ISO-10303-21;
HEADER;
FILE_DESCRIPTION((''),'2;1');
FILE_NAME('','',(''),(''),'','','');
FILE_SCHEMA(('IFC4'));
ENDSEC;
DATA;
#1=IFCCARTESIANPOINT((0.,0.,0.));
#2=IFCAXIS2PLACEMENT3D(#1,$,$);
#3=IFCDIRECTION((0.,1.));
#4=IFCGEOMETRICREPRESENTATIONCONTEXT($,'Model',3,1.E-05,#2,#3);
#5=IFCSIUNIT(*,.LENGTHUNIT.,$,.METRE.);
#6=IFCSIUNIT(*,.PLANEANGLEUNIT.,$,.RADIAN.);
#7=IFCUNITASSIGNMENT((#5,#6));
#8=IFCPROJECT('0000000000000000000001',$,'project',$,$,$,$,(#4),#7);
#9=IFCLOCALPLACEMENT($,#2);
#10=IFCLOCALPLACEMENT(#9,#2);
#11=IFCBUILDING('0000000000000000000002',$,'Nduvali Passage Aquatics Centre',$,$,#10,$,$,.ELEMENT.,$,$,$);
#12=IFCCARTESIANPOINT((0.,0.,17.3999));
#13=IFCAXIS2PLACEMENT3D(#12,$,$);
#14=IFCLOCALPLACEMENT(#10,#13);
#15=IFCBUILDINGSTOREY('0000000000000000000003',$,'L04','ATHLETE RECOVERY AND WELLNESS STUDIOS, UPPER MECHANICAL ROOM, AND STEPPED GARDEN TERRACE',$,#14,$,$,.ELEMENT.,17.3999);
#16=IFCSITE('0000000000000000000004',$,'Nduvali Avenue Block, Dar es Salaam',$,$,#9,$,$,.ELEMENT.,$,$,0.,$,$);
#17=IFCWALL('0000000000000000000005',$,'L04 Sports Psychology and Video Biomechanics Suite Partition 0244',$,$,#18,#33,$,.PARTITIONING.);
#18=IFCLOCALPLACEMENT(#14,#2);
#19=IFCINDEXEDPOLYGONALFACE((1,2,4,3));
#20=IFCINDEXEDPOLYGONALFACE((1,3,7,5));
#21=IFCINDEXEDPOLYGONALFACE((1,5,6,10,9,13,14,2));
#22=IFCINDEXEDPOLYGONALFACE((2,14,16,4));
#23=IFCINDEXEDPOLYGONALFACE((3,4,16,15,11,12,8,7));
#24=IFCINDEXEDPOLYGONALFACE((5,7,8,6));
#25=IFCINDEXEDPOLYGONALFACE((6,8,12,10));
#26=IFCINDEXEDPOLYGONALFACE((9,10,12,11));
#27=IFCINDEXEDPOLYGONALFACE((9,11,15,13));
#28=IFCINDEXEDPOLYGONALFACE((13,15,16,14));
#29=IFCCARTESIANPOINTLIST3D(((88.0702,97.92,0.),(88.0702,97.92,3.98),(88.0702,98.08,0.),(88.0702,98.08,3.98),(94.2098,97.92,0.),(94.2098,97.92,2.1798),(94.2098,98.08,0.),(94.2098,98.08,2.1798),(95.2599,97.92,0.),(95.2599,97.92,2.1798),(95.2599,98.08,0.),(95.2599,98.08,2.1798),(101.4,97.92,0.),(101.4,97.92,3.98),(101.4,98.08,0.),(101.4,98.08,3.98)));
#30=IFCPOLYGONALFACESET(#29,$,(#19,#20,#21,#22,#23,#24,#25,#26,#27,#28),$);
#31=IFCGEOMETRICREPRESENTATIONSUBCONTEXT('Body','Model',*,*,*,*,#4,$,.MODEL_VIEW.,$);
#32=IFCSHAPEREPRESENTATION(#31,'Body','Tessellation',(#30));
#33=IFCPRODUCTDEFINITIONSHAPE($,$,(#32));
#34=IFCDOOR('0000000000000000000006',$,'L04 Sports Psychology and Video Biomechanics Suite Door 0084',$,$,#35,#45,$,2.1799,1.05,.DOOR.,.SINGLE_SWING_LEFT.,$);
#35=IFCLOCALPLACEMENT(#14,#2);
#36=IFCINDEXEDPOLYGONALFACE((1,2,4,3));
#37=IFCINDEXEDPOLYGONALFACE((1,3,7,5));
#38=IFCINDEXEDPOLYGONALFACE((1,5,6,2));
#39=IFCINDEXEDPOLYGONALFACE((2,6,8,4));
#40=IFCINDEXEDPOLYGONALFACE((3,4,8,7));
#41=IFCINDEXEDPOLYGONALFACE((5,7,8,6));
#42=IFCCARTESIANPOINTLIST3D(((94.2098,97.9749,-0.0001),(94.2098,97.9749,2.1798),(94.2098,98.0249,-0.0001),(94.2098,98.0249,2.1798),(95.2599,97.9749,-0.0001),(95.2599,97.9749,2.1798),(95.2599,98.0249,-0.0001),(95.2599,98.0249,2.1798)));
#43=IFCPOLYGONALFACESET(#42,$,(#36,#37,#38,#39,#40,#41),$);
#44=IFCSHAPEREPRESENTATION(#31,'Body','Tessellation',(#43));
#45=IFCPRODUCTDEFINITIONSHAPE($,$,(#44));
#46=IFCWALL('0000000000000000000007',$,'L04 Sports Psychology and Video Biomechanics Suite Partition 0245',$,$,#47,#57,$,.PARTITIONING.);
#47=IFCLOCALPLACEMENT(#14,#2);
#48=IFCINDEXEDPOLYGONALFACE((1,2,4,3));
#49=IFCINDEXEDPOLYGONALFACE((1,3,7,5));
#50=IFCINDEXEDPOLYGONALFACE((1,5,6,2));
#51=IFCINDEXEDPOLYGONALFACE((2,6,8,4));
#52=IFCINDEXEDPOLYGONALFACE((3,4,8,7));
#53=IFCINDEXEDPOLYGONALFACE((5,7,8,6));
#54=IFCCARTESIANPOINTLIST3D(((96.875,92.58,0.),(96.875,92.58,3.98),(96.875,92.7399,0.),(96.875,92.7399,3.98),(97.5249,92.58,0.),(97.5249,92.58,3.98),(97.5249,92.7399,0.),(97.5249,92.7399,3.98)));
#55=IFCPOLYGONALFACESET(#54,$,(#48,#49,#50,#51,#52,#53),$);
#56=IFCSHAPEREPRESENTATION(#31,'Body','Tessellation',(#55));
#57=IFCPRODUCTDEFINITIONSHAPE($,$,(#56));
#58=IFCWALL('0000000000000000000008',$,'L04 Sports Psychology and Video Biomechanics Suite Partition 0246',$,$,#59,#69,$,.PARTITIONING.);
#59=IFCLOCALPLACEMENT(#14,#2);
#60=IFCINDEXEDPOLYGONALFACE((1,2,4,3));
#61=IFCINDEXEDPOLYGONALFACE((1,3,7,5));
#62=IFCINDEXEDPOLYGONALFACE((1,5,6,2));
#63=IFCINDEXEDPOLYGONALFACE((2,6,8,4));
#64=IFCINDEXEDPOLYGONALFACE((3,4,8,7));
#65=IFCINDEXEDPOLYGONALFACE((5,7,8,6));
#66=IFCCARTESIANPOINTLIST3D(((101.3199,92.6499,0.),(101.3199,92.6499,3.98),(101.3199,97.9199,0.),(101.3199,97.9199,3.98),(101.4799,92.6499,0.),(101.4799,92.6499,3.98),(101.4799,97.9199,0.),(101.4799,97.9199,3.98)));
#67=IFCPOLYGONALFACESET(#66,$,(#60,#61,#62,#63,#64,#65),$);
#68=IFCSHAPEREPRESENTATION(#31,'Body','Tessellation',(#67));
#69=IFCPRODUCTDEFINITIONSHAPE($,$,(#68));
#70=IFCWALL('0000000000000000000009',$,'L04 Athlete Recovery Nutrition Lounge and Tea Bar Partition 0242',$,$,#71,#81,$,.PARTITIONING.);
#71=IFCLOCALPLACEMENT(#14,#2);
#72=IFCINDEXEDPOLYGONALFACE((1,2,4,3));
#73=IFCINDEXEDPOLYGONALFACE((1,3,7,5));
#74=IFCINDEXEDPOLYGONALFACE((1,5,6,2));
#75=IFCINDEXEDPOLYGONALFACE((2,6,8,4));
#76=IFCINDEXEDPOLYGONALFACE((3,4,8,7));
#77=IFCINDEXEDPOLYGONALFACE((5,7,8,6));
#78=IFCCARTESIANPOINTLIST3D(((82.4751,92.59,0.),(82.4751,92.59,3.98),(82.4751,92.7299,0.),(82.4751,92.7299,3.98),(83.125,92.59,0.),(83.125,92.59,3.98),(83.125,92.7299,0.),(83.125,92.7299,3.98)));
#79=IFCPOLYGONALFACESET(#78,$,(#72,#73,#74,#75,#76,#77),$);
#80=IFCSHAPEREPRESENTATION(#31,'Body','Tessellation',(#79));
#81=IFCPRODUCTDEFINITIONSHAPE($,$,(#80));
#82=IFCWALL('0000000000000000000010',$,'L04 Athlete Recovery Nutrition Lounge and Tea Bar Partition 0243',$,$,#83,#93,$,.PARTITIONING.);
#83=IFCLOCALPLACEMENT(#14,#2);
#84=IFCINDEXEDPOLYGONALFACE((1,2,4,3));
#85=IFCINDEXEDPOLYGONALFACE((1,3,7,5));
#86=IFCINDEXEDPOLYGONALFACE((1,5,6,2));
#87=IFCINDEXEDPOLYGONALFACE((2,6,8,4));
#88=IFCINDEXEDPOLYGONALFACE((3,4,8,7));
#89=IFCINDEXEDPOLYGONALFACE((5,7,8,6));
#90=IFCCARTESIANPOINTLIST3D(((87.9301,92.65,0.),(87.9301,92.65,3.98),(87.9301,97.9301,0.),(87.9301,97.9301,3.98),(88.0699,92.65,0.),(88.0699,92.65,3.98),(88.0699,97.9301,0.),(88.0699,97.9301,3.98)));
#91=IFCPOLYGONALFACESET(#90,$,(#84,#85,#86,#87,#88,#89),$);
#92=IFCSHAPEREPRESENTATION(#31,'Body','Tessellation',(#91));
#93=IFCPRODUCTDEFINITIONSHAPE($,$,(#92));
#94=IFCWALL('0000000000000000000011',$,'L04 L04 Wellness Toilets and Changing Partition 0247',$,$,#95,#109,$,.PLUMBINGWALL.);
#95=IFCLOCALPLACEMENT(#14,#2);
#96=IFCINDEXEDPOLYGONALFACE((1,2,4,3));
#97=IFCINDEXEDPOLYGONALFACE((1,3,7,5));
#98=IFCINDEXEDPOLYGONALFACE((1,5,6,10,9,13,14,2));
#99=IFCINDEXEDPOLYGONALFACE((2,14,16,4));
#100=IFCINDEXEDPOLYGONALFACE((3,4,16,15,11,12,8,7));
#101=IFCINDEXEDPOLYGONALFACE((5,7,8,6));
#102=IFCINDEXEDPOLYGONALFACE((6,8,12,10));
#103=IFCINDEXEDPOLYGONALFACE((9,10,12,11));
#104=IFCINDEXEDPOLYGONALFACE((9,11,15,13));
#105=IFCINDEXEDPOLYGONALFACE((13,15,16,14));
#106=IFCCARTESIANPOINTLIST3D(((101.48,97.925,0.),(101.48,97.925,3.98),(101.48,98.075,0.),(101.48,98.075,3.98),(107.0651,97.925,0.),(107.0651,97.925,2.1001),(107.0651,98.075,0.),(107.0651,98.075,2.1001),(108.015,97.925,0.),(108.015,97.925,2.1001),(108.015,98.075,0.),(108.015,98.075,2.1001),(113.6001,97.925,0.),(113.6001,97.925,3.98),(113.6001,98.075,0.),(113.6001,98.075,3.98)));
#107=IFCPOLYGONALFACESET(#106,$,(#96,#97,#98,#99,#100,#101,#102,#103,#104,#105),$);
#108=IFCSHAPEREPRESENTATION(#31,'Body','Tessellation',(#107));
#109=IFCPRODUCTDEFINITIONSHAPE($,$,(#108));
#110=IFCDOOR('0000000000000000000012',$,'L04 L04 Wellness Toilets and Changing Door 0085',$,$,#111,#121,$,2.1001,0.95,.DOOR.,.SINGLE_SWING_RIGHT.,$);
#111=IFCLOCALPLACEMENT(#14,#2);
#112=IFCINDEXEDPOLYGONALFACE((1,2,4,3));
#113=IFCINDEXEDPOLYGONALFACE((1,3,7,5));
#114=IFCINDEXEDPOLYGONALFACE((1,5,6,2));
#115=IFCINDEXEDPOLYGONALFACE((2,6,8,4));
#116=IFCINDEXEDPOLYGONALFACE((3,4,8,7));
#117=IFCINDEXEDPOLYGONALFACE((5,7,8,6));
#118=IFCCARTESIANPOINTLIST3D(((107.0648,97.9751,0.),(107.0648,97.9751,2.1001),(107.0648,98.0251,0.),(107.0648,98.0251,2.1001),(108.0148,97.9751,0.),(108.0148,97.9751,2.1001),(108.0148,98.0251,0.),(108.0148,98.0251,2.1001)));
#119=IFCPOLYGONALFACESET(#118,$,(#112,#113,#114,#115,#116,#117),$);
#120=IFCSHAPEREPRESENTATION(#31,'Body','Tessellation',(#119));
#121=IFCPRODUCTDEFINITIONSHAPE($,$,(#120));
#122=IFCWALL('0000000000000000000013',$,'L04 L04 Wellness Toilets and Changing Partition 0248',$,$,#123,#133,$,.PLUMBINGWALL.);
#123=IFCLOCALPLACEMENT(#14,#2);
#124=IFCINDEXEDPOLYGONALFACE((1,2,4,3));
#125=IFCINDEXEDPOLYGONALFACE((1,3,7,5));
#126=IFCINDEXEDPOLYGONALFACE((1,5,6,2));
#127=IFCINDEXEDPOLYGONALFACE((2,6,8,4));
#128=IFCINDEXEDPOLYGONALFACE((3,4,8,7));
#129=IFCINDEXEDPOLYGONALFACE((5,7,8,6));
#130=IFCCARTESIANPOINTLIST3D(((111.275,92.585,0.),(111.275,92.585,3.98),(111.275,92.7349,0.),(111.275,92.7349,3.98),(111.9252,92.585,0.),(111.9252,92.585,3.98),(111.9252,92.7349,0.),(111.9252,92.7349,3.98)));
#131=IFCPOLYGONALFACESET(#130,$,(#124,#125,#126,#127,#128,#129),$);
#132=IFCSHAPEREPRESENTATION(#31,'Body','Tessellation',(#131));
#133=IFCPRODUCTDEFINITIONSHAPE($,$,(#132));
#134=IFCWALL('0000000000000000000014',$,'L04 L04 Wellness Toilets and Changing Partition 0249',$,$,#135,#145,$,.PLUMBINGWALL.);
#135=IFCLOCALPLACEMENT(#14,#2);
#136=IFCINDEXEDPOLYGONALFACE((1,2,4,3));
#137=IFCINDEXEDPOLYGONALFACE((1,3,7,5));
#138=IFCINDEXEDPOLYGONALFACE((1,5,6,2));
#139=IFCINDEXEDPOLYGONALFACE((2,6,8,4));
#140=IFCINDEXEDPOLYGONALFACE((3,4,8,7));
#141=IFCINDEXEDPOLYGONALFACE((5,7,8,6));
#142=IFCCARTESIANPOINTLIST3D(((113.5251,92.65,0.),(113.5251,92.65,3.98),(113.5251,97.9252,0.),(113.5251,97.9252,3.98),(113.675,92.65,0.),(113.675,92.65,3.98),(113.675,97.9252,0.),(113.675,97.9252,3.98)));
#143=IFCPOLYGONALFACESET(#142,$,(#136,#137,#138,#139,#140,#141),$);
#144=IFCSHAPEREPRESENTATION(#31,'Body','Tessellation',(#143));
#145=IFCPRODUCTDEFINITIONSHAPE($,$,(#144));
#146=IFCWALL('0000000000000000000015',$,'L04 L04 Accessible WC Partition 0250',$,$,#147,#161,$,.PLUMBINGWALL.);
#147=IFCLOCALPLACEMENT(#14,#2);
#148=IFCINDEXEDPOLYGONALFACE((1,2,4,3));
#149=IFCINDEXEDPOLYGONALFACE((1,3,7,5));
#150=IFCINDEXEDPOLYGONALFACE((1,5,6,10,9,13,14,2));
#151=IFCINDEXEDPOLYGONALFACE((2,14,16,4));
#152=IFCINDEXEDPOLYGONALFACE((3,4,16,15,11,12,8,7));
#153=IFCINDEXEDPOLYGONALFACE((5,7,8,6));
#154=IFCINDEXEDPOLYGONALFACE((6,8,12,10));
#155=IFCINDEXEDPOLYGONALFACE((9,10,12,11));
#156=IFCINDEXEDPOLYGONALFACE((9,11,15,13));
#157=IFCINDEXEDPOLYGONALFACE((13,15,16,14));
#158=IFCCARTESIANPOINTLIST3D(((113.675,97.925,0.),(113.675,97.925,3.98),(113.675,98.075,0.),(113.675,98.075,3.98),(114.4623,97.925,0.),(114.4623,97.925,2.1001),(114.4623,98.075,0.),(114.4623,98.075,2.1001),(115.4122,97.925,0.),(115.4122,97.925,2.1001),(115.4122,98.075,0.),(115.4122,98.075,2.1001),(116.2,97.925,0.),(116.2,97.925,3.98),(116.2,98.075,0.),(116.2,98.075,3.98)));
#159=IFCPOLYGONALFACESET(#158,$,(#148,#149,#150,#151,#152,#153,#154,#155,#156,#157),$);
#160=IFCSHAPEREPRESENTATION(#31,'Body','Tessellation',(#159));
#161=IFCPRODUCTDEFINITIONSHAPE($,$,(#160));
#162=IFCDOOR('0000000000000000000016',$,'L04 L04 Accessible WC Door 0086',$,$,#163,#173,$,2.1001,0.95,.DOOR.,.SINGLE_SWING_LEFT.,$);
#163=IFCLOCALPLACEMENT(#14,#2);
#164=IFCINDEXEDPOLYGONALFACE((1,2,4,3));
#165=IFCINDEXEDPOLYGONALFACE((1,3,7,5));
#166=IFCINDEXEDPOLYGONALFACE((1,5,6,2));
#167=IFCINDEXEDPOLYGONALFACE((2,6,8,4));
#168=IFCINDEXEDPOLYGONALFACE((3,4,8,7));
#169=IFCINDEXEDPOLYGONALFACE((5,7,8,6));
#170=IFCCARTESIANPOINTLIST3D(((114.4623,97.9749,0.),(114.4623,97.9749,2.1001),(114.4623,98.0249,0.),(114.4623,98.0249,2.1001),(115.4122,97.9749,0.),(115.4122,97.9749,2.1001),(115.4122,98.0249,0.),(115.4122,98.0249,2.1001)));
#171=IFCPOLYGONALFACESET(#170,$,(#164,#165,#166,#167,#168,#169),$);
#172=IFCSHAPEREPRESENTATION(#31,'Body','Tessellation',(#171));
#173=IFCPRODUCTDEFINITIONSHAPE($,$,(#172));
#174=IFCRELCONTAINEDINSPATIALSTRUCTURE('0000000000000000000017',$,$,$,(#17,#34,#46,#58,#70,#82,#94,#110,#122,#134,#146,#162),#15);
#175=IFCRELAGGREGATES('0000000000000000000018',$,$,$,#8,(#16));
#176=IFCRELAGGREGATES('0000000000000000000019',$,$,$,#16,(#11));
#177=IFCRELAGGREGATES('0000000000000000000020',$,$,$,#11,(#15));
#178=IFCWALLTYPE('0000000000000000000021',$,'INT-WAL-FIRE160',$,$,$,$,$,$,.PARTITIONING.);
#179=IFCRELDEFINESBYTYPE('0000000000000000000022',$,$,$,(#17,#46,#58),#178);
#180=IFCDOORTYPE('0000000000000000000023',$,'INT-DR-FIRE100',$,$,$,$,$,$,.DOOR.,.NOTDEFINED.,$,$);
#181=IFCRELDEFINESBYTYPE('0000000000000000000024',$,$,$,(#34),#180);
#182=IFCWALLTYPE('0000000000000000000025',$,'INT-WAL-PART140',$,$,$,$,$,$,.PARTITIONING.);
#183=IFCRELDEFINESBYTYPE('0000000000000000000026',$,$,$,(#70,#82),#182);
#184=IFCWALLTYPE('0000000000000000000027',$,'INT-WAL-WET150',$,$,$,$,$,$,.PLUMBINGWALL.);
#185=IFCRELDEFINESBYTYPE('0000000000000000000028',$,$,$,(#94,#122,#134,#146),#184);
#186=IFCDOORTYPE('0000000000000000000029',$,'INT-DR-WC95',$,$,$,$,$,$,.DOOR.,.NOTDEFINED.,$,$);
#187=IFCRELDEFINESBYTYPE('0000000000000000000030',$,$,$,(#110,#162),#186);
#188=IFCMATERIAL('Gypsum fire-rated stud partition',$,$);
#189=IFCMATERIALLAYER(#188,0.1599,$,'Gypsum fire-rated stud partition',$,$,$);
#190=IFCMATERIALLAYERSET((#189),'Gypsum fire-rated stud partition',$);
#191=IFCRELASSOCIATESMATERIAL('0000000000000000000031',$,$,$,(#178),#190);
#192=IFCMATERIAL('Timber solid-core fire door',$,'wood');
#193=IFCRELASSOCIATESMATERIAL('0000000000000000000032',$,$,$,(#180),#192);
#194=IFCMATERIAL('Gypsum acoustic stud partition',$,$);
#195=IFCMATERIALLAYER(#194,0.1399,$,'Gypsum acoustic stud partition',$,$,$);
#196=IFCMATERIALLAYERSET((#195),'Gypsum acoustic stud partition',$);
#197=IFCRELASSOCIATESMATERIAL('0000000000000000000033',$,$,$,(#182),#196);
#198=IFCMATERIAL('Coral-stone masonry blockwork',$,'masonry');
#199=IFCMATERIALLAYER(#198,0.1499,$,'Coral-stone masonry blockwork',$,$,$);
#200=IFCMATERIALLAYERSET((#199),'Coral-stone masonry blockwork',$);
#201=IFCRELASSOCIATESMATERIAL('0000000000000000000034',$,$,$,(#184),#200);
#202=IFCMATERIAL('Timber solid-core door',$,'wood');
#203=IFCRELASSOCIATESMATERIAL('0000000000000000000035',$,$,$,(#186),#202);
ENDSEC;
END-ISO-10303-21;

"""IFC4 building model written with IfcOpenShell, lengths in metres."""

from ifc_helpers import new_model, si_unit, direction, frame, frame_2d, origin, place, context, subcontext, project, spatial, rectangle, extrude, material, layer, layer_set, type_object, element, fill, save


model = new_model("IFC4")

# Units and contexts
model_context = context("Model", 3, precision=1e-05, world=origin(), true_north=direction((0.0, 1.0)))
body_context = subcontext(model_context, "Body", "Model", "MODEL_VIEW")
ifc_project = project(units=[si_unit("LENGTHUNIT", "METRE"), si_unit("PLANEANGLEUNIT", "RADIAN")], contexts=[model_context])

# Site, building, storey
site_placement = place(None, origin())
site = spatial("IfcSite", under=ifc_project, at=site_placement, Name="Nduvali Avenue Block, Dar es Salaam", CompositionType="ELEMENT", RefElevation=0.0)
building_placement = place(site_placement, origin())
building = spatial("IfcBuilding", under=site, at=building_placement, Name="Nduvali Passage Aquatics Centre", CompositionType="ELEMENT")
storey_placement = place(building_placement, frame((0.0, 0.0, 17.3999)))
storey = spatial("IfcBuildingStorey", under=building, at=storey_placement, Name="L04", Description="ATHLETE RECOVERY AND WELLNESS STUDIOS, UPPER MECHANICAL ROOM, AND STEPPED GARDEN TERRACE", CompositionType="ELEMENT", Elevation=17.3999)

# Wall, opening, door
ifc_material_1 = material(Name="Gypsum fire-rated stud partition")
ifc_layer_1 = layer(ifc_material_1, 0.1599, Name="Gypsum fire-rated stud partition")
ifc_layer_set_1 = layer_set([ifc_layer_1], Name="Gypsum fire-rated stud partition")
wall_type_1 = type_object("IfcWallType", Name="INT-WAL-FIRE160", PredefinedType="PARTITIONING", material=ifc_layer_set_1)
wall_1_placement = place(storey_placement, frame((88.0701, 98.0, 0.0), z_axis=(0.0, 0.0, 1.0), x_axis=(1.0, 0.0, 0.0)))
wall_1 = element("IfcWall", 1, at=wall_1_placement, inside=storey, type_object=wall_type_1, Name="L04 Sports Psychology and Video Biomechanics Suite Partition 0244", PredefinedType="PARTITIONING", context=body_context, shape_type="SweptSolid", body=[
    extrude(rectangle(XDim=13.3298, YDim=0.1599, at=frame_2d((6.665, 0.0))), origin(), (0.0, 0.0, 1.0), 3.98),
])
opening_1_placement = place(wall_1_placement, frame((6.1399, 0.0, 0.0)))
opening_1 = element("IfcOpeningElement", 2, at=opening_1_placement, cuts=wall_1, PredefinedType="OPENING", context=body_context, shape_type="SweptSolid", body=[
    extrude(rectangle(XDim=1.05, YDim=2.1799, at=frame_2d((0.5249, 1.0898))), frame((0.0, 0.0947, 0.0), z_axis=(0.0, -1.0, 0.0), x_axis=(1.0, 0.0, 0.0)), (0.0, 0.0, 1.0), 0.1897),
])
ifc_material_2 = material(Name="Timber solid-core fire door", Category="wood")
door_type_1 = type_object("IfcDoorType", Name="INT-DR-FIRE100", OperationType="NOTDEFINED", PredefinedType="DOOR", material=ifc_material_2)
door_1_placement = place(opening_1_placement, origin())
door_1 = element("IfcDoor", 3, at=door_1_placement, inside=storey, type_object=door_type_1, Name="L04 Sports Psychology and Video Biomechanics Suite Door 0084", OperationType="SINGLE_SWING_LEFT", OverallHeight=2.1799, OverallWidth=1.05, PredefinedType="DOOR", context=body_context, shape_type="SweptSolid", body=[
    extrude(rectangle(XDim=1.05, YDim=2.1799, at=frame_2d((0.5249, 1.0898))), frame((0.0, 0.0249, 0.0), z_axis=(0.0, -1.0, 0.0), x_axis=(1.0, 0.0, 0.0)), (0.0, 0.0, 1.0), 0.05),
])
fill(opening_1, door_1)

# Walls
wall_2_placement = place(storey_placement, frame((96.875, 92.6599, 0.0), z_axis=(0.0, 0.0, 1.0), x_axis=(1.0, 0.0, 0.0)))
element("IfcWall", 4, at=wall_2_placement, inside=storey, type_object=wall_type_1, Name="L04 Sports Psychology and Video Biomechanics Suite Partition 0245", PredefinedType="PARTITIONING", context=body_context, shape_type="SweptSolid", body=[
    extrude(rectangle(XDim=0.6499, YDim=0.1599, at=frame_2d((0.325, 0.0))), origin(), (0.0, 0.0, 1.0), 3.98),
])
wall_3_placement = place(storey_placement, frame((101.3999, 92.6499, 0.0), z_axis=(0.0, 0.0, 1.0), x_axis=(0.0, 1.0, 0.0)))
element("IfcWall", 5, at=wall_3_placement, inside=storey, type_object=wall_type_1, Name="L04 Sports Psychology and Video Biomechanics Suite Partition 0246", PredefinedType="PARTITIONING", context=body_context, shape_type="SweptSolid", body=[
    extrude(rectangle(XDim=5.27, YDim=0.1599, at=frame_2d((2.635, 0.0))), origin(), (0.0, 0.0, 1.0), 3.98),
])
ifc_material_3 = material(Name="Gypsum acoustic stud partition")
ifc_layer_2 = layer(ifc_material_3, 0.1399, Name="Gypsum acoustic stud partition")
ifc_layer_set_2 = layer_set([ifc_layer_2], Name="Gypsum acoustic stud partition")
wall_type_2 = type_object("IfcWallType", Name="INT-WAL-PART140", PredefinedType="PARTITIONING", material=ifc_layer_set_2)
wall_4_placement = place(storey_placement, frame((82.4751, 92.6599, 0.0), z_axis=(0.0, 0.0, 1.0), x_axis=(1.0, 0.0, 0.0)))
element("IfcWall", 6, at=wall_4_placement, inside=storey, type_object=wall_type_2, Name="L04 Athlete Recovery Nutrition Lounge and Tea Bar Partition 0242", PredefinedType="PARTITIONING", context=body_context, shape_type="SweptSolid", body=[
    extrude(rectangle(XDim=0.6499, YDim=0.1399, at=frame_2d((0.325, 0.0))), origin(), (0.0, 0.0, 1.0), 3.98),
])
wall_5_placement = place(storey_placement, frame((88.0, 92.6499, 0.0), z_axis=(0.0, 0.0, 1.0), x_axis=(0.0, 1.0, 0.0)))
element("IfcWall", 7, at=wall_5_placement, inside=storey, type_object=wall_type_2, Name="L04 Athlete Recovery Nutrition Lounge and Tea Bar Partition 0243", PredefinedType="PARTITIONING", context=body_context, shape_type="SweptSolid", body=[
    extrude(rectangle(XDim=5.28, YDim=0.1399, at=frame_2d((2.6401, 0.0))), origin(), (0.0, 0.0, 1.0), 3.98),
])

# Wall, opening, door
ifc_material_4 = material(Name="Coral-stone masonry blockwork", Category="masonry")
ifc_layer_3 = layer(ifc_material_4, 0.1499, Name="Coral-stone masonry blockwork")
ifc_layer_set_3 = layer_set([ifc_layer_3], Name="Coral-stone masonry blockwork")
wall_type_3 = type_object("IfcWallType", Name="INT-WAL-WET150", PredefinedType="PLUMBINGWALL", material=ifc_layer_set_3)
wall_6_placement = place(storey_placement, frame((101.48, 98.0, 0.0), z_axis=(0.0, 0.0, 1.0), x_axis=(1.0, 0.0, 0.0)))
wall_6 = element("IfcWall", 8, at=wall_6_placement, inside=storey, type_object=wall_type_3, Name="L04 L04 Wellness Toilets and Changing Partition 0247", PredefinedType="PLUMBINGWALL", context=body_context, shape_type="SweptSolid", body=[
    extrude(rectangle(XDim=12.1201, YDim=0.1499, at=frame_2d((6.0601, 0.0))), origin(), (0.0, 0.0, 1.0), 3.98),
])
opening_2_placement = place(wall_6_placement, frame((5.585, 0.0, 0.0)))
opening_2 = element("IfcOpeningElement", 9, at=opening_2_placement, cuts=wall_6, PredefinedType="OPENING", context=body_context, shape_type="SweptSolid", body=[
    extrude(rectangle(XDim=0.95, YDim=2.1001, at=frame_2d((0.4751, 1.05))), frame((0.0, 0.0898, 0.0), z_axis=(0.0, -1.0, 0.0), x_axis=(1.0, 0.0, 0.0)), (0.0, 0.0, 1.0), 0.1797),
])
ifc_material_5 = material(Name="Timber solid-core door", Category="wood")
door_type_2 = type_object("IfcDoorType", Name="INT-DR-WC95", OperationType="NOTDEFINED", PredefinedType="DOOR", material=ifc_material_5)
door_2_placement = place(opening_2_placement, frame((0.95, 0.0, 0.0), z_axis=(0.0, 0.0, 1.0), x_axis=(-1.0, 0.0, 0.0)))
door_2 = element("IfcDoor", 10, at=door_2_placement, inside=storey, type_object=door_type_2, Name="L04 L04 Wellness Toilets and Changing Door 0085", OperationType="SINGLE_SWING_RIGHT", OverallHeight=2.1001, OverallWidth=0.95, PredefinedType="DOOR", context=body_context, shape_type="SweptSolid", body=[
    extrude(rectangle(XDim=0.95, YDim=2.1001, at=frame_2d((0.4751, 1.05))), frame((0.0, 0.0249, 0.0), z_axis=(0.0, -1.0, 0.0), x_axis=(1.0, 0.0, 0.0)), (0.0, 0.0, 1.0), 0.05),
])
fill(opening_2, door_2)

# Walls
wall_7_placement = place(storey_placement, frame((111.2749, 92.6599, 0.0), z_axis=(0.0, 0.0, 1.0), x_axis=(1.0, 0.0, 0.0)))
element("IfcWall", 11, at=wall_7_placement, inside=storey, type_object=wall_type_3, Name="L04 L04 Wellness Toilets and Changing Partition 0248", PredefinedType="PLUMBINGWALL", context=body_context, shape_type="SweptSolid", body=[
    extrude(rectangle(XDim=0.6501, YDim=0.1499, at=frame_2d((0.3252, 0.0))), origin(), (0.0, 0.0, 1.0), 3.98),
])
wall_8_placement = place(storey_placement, frame((113.6001, 92.6499, 0.0), z_axis=(0.0, 0.0, 1.0), x_axis=(0.0, 1.0, 0.0)))
element("IfcWall", 12, at=wall_8_placement, inside=storey, type_object=wall_type_3, Name="L04 L04 Wellness Toilets and Changing Partition 0249", PredefinedType="PLUMBINGWALL", context=body_context, shape_type="SweptSolid", body=[
    extrude(rectangle(XDim=5.2751, YDim=0.1499, at=frame_2d((2.6377, 0.0))), origin(), (0.0, 0.0, 1.0), 3.98),
])

# Wall, opening, door
wall_9_placement = place(storey_placement, frame((113.675, 98.0, 0.0), z_axis=(0.0, 0.0, 1.0), x_axis=(1.0, 0.0, 0.0)))
wall_9 = element("IfcWall", 13, at=wall_9_placement, inside=storey, type_object=wall_type_3, Name="L04 L04 Accessible WC Partition 0250", PredefinedType="PLUMBINGWALL", context=body_context, shape_type="SweptSolid", body=[
    extrude(rectangle(XDim=2.5249, YDim=0.1499, at=frame_2d((1.2625, 0.0))), origin(), (0.0, 0.0, 1.0), 3.98),
])
opening_3_placement = place(wall_9_placement, frame((0.7871, 0.0, 0.0)))
opening_3 = element("IfcOpeningElement", 14, at=opening_3_placement, cuts=wall_9, PredefinedType="OPENING", context=body_context, shape_type="SweptSolid", body=[
    extrude(rectangle(XDim=0.95, YDim=2.1001, at=frame_2d((0.4751, 1.05))), frame((0.0, 0.0898, 0.0), z_axis=(0.0, -1.0, 0.0), x_axis=(1.0, 0.0, 0.0)), (0.0, 0.0, 1.0), 0.1797),
])
door_3_placement = place(opening_3_placement, origin())
door_3 = element("IfcDoor", 15, at=door_3_placement, inside=storey, type_object=door_type_2, Name="L04 L04 Accessible WC Door 0086", OperationType="SINGLE_SWING_LEFT", OverallHeight=2.1001, OverallWidth=0.95, PredefinedType="DOOR", context=body_context, shape_type="SweptSolid", body=[
    extrude(rectangle(XDim=0.95, YDim=2.1001, at=frame_2d((0.4751, 1.05))), frame((0.0, 0.0249, 0.0), z_axis=(0.0, -1.0, 0.0), x_axis=(1.0, 0.0, 0.0)), (0.0, 0.0, 1.0), 0.05),
])
fill(opening_3, door_3)

save(model, "model.ifc")
